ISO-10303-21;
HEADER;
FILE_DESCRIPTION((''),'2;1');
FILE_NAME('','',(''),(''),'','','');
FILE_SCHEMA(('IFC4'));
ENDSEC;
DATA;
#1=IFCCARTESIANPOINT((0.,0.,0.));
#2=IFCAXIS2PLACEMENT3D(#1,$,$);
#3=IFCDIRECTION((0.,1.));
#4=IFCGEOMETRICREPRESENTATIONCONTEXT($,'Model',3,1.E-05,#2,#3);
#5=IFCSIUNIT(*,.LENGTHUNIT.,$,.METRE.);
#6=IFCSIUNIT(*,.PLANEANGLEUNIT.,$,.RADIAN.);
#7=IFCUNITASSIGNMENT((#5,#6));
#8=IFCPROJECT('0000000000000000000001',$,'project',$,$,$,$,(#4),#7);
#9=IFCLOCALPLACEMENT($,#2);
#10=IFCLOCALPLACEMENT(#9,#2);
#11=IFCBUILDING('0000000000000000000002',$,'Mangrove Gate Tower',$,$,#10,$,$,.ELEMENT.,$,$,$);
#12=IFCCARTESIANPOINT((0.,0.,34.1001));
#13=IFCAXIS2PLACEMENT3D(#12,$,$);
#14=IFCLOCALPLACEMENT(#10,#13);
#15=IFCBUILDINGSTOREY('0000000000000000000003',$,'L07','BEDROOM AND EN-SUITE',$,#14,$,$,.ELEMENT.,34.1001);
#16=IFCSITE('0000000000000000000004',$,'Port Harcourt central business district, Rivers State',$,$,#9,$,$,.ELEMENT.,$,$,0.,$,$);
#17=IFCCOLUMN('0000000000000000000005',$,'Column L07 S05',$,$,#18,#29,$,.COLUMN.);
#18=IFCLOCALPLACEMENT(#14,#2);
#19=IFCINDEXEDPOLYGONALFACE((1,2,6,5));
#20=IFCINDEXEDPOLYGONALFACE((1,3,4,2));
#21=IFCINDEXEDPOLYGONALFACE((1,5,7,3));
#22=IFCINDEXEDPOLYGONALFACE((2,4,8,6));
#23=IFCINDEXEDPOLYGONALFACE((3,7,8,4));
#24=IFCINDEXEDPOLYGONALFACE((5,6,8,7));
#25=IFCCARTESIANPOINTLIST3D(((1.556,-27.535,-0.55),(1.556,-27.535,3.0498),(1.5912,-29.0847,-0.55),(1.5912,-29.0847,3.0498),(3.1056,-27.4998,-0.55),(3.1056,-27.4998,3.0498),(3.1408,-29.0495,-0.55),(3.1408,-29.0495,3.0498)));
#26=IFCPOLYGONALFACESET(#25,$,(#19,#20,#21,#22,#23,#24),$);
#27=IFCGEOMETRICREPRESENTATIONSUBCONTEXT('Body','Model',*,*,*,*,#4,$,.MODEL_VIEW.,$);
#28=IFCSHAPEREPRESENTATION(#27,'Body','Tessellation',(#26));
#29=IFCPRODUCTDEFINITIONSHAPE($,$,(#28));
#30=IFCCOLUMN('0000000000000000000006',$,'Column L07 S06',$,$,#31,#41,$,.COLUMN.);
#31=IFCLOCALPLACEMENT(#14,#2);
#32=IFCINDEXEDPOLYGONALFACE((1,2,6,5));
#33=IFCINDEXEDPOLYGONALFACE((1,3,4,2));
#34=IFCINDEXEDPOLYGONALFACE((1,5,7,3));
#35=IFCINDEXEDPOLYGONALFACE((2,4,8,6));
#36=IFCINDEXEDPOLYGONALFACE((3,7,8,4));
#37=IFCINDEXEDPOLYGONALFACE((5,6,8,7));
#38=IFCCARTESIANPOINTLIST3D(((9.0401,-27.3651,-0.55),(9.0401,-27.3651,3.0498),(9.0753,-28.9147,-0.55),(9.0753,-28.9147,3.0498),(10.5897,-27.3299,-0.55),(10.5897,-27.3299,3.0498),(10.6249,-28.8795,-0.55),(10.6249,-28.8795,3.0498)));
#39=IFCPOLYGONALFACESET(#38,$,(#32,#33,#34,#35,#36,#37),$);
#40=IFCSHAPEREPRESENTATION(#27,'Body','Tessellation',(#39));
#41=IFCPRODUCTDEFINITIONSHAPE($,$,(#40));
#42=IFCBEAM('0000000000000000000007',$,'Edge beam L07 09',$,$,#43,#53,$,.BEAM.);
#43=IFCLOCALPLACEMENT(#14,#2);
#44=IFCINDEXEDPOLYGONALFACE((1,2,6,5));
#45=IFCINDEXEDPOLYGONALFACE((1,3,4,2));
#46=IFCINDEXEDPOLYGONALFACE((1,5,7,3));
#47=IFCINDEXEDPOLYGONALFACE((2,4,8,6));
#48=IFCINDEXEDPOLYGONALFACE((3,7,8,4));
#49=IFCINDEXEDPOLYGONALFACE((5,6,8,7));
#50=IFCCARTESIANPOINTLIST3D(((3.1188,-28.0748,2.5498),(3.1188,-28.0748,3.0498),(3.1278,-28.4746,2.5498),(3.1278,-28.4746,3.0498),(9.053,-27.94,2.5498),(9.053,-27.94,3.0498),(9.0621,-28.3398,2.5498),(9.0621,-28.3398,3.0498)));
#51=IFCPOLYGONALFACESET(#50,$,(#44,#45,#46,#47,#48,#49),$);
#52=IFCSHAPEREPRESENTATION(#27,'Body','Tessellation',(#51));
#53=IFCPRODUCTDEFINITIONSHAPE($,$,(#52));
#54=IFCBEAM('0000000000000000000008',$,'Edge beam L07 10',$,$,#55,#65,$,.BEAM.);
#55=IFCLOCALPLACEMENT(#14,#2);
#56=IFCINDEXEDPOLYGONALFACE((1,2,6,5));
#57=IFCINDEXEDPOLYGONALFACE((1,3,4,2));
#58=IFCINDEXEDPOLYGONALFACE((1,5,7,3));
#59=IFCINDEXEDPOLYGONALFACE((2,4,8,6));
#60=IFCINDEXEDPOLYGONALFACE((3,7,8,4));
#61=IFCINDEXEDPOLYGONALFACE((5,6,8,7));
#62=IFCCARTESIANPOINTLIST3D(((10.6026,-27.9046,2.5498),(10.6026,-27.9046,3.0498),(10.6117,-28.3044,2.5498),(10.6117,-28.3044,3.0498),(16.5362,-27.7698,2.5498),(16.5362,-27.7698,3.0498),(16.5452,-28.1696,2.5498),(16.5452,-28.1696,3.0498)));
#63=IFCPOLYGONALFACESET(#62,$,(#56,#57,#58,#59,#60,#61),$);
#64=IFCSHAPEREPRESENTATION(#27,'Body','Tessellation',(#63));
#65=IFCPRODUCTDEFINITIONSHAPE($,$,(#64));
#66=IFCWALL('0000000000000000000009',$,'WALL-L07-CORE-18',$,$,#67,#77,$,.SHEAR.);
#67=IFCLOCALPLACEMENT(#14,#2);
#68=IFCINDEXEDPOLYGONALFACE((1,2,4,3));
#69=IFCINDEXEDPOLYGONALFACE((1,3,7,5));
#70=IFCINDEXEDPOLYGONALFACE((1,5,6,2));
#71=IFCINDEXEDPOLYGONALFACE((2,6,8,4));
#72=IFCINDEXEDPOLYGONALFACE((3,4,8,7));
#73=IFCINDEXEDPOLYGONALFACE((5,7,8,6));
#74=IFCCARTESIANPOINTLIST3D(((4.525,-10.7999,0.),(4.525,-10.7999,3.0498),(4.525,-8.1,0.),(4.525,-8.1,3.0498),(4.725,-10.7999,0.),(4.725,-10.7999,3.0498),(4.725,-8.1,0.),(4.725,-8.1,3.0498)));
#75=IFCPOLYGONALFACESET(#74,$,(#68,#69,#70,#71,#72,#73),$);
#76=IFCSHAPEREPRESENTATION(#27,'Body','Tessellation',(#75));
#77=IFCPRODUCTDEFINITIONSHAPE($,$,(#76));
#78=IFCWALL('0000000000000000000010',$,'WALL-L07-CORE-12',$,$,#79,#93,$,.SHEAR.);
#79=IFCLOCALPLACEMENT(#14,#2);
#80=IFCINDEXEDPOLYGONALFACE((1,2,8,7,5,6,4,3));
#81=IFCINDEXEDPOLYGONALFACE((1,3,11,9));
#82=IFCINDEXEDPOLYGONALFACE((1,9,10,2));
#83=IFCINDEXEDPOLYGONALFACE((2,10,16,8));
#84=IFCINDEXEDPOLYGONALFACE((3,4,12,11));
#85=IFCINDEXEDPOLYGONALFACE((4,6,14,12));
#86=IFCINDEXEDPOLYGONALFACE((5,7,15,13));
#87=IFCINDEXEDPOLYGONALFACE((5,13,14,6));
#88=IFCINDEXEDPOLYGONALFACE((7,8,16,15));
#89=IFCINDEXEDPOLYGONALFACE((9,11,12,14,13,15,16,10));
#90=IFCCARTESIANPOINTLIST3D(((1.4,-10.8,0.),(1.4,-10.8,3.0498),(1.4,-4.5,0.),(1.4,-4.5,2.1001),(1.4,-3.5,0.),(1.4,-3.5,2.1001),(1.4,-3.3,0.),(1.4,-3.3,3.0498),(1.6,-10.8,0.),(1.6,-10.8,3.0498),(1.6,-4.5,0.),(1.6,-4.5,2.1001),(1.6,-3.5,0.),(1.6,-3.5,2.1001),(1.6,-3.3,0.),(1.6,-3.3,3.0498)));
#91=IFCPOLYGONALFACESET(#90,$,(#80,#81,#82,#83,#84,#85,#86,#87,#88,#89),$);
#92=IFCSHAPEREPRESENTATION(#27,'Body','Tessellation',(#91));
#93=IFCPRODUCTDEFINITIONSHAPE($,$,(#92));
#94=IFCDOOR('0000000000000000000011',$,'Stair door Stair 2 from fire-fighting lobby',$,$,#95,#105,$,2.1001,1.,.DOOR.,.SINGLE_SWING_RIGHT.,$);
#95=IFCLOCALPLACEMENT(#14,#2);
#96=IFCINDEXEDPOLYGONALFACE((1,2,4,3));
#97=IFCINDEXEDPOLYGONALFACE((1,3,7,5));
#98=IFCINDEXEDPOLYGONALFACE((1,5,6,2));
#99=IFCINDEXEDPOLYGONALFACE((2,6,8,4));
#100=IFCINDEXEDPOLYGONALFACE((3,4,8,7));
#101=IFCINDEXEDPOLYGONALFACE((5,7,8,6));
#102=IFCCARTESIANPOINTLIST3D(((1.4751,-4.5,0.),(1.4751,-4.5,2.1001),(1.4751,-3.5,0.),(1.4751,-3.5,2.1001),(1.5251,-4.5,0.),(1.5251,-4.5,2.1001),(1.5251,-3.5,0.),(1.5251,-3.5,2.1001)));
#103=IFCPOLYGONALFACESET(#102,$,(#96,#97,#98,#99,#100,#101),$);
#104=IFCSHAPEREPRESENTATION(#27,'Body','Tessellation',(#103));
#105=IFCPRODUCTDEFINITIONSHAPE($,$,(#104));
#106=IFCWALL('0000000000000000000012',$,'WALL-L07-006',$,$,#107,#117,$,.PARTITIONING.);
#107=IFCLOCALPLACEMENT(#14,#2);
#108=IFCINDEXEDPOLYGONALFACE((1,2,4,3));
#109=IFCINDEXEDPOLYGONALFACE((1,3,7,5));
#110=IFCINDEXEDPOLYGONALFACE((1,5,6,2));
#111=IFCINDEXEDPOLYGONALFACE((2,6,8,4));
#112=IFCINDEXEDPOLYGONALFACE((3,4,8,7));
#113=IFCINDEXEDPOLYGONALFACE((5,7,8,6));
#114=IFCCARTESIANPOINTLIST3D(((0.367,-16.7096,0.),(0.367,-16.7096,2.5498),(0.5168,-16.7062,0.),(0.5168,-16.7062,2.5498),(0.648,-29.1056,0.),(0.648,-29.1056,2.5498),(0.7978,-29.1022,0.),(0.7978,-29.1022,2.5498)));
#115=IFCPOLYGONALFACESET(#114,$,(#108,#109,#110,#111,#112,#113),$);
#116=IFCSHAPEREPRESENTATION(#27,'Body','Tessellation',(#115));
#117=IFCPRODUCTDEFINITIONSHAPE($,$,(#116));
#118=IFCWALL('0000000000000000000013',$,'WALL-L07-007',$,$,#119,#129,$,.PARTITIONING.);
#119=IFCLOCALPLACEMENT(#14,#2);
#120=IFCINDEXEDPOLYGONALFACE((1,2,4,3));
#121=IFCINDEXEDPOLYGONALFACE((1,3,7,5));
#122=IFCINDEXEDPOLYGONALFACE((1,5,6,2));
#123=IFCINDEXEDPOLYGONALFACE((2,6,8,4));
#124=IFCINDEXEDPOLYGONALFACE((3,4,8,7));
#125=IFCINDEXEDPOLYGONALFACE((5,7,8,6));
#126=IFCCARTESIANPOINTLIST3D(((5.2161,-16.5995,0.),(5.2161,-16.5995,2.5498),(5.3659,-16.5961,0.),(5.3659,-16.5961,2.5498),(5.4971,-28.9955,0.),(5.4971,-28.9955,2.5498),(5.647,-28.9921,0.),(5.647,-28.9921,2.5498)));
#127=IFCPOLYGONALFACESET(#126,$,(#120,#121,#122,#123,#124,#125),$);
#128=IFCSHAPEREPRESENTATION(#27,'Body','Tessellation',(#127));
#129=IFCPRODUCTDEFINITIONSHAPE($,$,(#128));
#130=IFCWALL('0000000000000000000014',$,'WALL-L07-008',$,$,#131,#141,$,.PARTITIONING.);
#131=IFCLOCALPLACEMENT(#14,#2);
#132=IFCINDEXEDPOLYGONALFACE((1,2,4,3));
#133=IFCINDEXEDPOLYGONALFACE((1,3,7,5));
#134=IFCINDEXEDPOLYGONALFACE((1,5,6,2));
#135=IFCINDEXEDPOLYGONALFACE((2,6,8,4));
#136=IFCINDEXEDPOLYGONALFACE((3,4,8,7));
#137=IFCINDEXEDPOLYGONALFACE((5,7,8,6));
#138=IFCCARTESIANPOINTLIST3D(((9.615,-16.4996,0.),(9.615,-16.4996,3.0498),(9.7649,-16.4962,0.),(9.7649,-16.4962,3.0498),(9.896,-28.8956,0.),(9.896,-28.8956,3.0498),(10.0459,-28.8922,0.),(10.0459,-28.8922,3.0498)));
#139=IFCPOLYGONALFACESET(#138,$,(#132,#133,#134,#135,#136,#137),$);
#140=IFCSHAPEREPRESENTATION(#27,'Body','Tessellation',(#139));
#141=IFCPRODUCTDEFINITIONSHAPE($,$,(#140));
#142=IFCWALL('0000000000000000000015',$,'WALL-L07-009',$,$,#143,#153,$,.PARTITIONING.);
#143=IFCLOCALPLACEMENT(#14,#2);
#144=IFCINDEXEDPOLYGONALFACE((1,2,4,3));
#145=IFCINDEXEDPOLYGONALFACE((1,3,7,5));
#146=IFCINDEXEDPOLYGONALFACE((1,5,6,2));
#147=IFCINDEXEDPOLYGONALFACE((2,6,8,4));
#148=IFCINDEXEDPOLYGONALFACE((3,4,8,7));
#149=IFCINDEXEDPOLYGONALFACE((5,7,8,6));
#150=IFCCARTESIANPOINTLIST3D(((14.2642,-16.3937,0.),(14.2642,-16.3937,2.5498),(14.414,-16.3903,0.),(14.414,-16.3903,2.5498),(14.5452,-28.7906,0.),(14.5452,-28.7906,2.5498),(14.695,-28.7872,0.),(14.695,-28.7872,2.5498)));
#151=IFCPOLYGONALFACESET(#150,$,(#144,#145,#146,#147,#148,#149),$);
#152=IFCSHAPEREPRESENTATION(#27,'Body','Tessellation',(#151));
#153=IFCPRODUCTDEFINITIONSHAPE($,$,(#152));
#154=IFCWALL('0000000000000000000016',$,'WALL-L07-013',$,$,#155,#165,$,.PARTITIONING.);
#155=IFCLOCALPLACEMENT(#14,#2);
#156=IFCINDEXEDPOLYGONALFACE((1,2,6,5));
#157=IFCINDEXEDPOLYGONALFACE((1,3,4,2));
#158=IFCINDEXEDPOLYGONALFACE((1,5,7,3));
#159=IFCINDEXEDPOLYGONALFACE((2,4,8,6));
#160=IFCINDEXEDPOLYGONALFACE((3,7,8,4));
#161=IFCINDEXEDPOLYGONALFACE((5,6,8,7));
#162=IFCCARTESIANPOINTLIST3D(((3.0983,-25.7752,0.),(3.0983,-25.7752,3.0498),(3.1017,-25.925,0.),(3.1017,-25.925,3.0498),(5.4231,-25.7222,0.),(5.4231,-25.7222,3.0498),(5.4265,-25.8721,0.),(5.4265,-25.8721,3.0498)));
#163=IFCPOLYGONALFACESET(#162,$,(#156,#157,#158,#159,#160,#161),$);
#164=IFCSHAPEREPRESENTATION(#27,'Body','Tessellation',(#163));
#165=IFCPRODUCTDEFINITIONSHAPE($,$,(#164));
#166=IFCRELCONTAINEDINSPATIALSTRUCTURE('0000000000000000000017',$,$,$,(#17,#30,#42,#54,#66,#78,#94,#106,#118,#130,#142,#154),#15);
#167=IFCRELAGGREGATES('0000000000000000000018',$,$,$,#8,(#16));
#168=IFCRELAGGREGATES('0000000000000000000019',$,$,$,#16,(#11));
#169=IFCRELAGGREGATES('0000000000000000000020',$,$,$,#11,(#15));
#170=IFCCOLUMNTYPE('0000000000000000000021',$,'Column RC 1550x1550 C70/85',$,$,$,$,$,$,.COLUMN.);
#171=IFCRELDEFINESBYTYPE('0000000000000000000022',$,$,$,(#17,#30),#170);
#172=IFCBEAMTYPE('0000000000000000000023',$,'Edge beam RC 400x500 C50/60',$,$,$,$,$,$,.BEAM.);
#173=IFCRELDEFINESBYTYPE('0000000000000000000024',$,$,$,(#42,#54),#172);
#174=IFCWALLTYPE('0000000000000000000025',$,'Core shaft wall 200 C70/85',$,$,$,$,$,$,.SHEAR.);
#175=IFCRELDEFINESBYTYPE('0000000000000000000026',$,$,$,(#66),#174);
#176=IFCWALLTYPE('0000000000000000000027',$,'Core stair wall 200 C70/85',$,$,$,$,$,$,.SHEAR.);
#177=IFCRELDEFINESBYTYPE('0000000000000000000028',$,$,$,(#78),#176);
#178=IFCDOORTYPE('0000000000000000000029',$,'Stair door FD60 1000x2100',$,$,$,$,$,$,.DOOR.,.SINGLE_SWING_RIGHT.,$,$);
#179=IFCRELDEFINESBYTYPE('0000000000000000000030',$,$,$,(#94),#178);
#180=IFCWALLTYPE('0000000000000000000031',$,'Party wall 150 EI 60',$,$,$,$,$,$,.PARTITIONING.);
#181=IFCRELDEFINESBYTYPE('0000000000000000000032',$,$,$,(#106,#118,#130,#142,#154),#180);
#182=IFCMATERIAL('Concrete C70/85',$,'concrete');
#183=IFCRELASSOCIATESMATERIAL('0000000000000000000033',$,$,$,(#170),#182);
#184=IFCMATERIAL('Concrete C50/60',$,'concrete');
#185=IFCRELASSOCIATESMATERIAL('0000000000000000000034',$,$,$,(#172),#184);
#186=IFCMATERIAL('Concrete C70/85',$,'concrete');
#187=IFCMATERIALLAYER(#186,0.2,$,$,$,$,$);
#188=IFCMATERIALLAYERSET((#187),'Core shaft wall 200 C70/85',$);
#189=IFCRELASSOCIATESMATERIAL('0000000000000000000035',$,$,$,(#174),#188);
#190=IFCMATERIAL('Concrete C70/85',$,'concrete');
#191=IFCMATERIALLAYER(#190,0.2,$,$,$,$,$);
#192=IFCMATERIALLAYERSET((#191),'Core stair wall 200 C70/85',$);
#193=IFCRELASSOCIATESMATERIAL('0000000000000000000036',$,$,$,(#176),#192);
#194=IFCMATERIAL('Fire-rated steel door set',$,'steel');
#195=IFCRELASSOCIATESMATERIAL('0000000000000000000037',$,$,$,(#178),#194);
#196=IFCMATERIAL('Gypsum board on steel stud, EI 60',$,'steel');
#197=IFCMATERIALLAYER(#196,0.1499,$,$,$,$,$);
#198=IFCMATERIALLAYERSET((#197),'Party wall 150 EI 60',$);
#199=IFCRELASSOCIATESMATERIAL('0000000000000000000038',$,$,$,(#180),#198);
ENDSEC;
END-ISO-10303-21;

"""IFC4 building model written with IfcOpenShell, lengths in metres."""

from ifc_helpers import new_model, si_unit, direction, frame, frame_2d, origin, origin_2d, place, context, subcontext, project, spatial, rectangle, extrude, material, layer, layer_set, material_profile, profile_set, type_object, element, fill, save


model = new_model("IFC4")

# Units and contexts
model_context = context("Model", 3, precision=1e-05, world=origin(), true_north=direction((0.0, 1.0)))
body_context = subcontext(model_context, "Body", "Model", "MODEL_VIEW")
ifc_project = project(units=[si_unit("LENGTHUNIT", "METRE"), si_unit("PLANEANGLEUNIT", "RADIAN")], contexts=[model_context])

# Site, building, storey
site_placement = place(None, origin())
site = spatial("IfcSite", under=ifc_project, at=site_placement, Name="Port Harcourt central business district, Rivers State", CompositionType="ELEMENT", RefElevation=0.0)
building_placement = place(site_placement, origin())
building = spatial("IfcBuilding", under=site, at=building_placement, Name="Mangrove Gate Tower", CompositionType="ELEMENT")
storey_placement = place(building_placement, frame((0.0, 0.0, 34.1001)))
storey = spatial("IfcBuildingStorey", under=building, at=storey_placement, Name="L07", Description="BEDROOM AND EN-SUITE", CompositionType="ELEMENT", Elevation=34.1001)

# Columns
ifc_material_1 = material(Name="Concrete C70/85", Category="concrete")
ifc_material_profile_1 = material_profile(ifc_material_1, rectangle(XDim=1.55, YDim=1.55, at=origin_2d()))
ifc_profile_set_1 = profile_set([ifc_material_profile_1], Name="Concrete C70/85")
column_type = type_object("IfcColumnType", Name="Column RC 1550x1550 C70/85", PredefinedType="COLUMN", material=ifc_profile_set_1)
for number, where, z_axis, x_axis, name in (
    (1, (2.3484, -28.2922, -0.55), (0.0, 0.0, 1.0), (0.999742, 0.022709, 0.0), "Column L07 S05"),
    (2, (9.8325, -28.1223, -0.55), (0.0, 0.0, 1.0), (0.999742, 0.022711, 0.0), "Column L07 S06"),
):
    element("IfcColumn", number, at=place(storey_placement, frame(where, z_axis=z_axis, x_axis=x_axis)), inside=storey, type_object=column_type, Name=name, PredefinedType="COLUMN", context=body_context, shape_type="SweptSolid", body=[
        extrude(rectangle(XDim=1.55, YDim=1.55, at=origin_2d()), origin(), (0.0, 0.0, 1.0), 3.5999),
    ])

# Beams
ifc_material_2 = material(Name="Concrete C50/60", Category="concrete")
ifc_material_profile_2 = material_profile(ifc_material_2, rectangle(XDim=0.3999, YDim=0.5, at=origin_2d()))
ifc_profile_set_2 = profile_set([ifc_material_profile_2], Name="Concrete C50/60")
beam_type = type_object("IfcBeamType", Name="Edge beam RC 400x500 C50/60", PredefinedType="BEAM", material=ifc_profile_set_2)
beam_1_placement = place(storey_placement, frame((3.1233, -28.2747, 2.7998), z_axis=(0.999742, 0.022704, 0.0), x_axis=(-0.022704, 0.999742, 0.0)))
element("IfcBeam", 3, at=beam_1_placement, inside=storey, type_object=beam_type, Name="Edge beam L07 09", PredefinedType="BEAM", context=body_context, shape_type="SweptSolid", body=[
    extrude(rectangle(XDim=0.3999, YDim=0.5, at=origin_2d()), origin(), (0.0, 0.0, 1.0), 5.9358),
])
beam_2_placement = place(storey_placement, frame((10.6072, -28.1045, 2.7998), z_axis=(0.999742, 0.022706, 0.0), x_axis=(-0.022706, 0.999742, 0.0)))
element("IfcBeam", 4, at=beam_2_placement, inside=storey, type_object=beam_type, Name="Edge beam L07 10", PredefinedType="BEAM", context=body_context, shape_type="SweptSolid", body=[
    extrude(rectangle(XDim=0.3999, YDim=0.5, at=origin_2d()), origin(), (0.0, 0.0, 1.0), 5.9351),
])

# Wall
ifc_material_3 = material(Name="Concrete C70/85", Category="concrete")
ifc_layer_1 = layer(ifc_material_3, 0.2)
ifc_layer_set_1 = layer_set([ifc_layer_1], Name="Core shaft wall 200 C70/85")
wall_type_1 = type_object("IfcWallType", Name="Core shaft wall 200 C70/85", PredefinedType="SHEAR", material=ifc_layer_set_1)
wall_1_placement = place(storey_placement, frame((4.625, -10.8, 0.0), z_axis=(0.0, 0.0, 1.0), x_axis=(0.0, 1.0, 0.0)))
element("IfcWall", 5, at=wall_1_placement, inside=storey, type_object=wall_type_1, Name="WALL-L07-CORE-18", PredefinedType="SHEAR", context=body_context, shape_type="SweptSolid", body=[
    extrude(rectangle(XDim=2.7, YDim=0.2, at=frame_2d((1.3501, 0.0))), origin(), (0.0, 0.0, 1.0), 3.0498),
])

# Wall, opening, door
ifc_material_4 = material(Name="Concrete C70/85", Category="concrete")
ifc_layer_2 = layer(ifc_material_4, 0.2)
ifc_layer_set_2 = layer_set([ifc_layer_2], Name="Core stair wall 200 C70/85")
wall_type_2 = type_object("IfcWallType", Name="Core stair wall 200 C70/85", PredefinedType="SHEAR", material=ifc_layer_set_2)
wall_2_placement = place(storey_placement, frame((1.5, -10.8, 0.0), z_axis=(0.0, 0.0, 1.0), x_axis=(0.0, 1.0, 0.0)))
wall_2 = element("IfcWall", 6, at=wall_2_placement, inside=storey, type_object=wall_type_2, Name="WALL-L07-CORE-12", PredefinedType="SHEAR", context=body_context, shape_type="SweptSolid", body=[
    extrude(rectangle(XDim=7.5, YDim=0.2, at=frame_2d((3.75, 0.0))), origin(), (0.0, 0.0, 1.0), 3.0498),
])
opening_1_placement = place(wall_2_placement, frame((6.3, 0.0, 0.0)))
opening_1 = element("IfcOpeningElement", 7, at=opening_1_placement, cuts=wall_2, PredefinedType="OPENING", context=body_context, shape_type="SweptSolid", body=[
    extrude(rectangle(XDim=1.0, YDim=2.1001, at=frame_2d((0.5, 1.05))), frame((0.0, 0.1099, 0.0), z_axis=(0.0, -1.0, 0.0), x_axis=(1.0, 0.0, 0.0)), (0.0, 0.0, 1.0), 0.22),
])
ifc_material_5 = material(Name="Fire-rated steel door set", Category="steel")
door_type_1 = type_object("IfcDoorType", Name="Stair door FD60 1000x2100", OperationType="SINGLE_SWING_RIGHT", PredefinedType="DOOR", material=ifc_material_5)
door_1_placement = place(opening_1_placement, origin())
door_1 = element("IfcDoor", 8, at=door_1_placement, inside=storey, type_object=door_type_1, Name="Stair door Stair 2 from fire-fighting lobby", OperationType="SINGLE_SWING_RIGHT", OverallHeight=2.1001, OverallWidth=1.0, PredefinedType="DOOR", context=body_context, shape_type="SweptSolid", body=[
    extrude(rectangle(XDim=1.0, YDim=2.1001, at=frame_2d((0.5, 1.05))), frame((0.0, 0.0249, 0.0), z_axis=(0.0, -1.0, 0.0), x_axis=(1.0, 0.0, 0.0)), (0.0, 0.0, 1.0), 0.05),
])
fill(opening_1, door_1)

# Walls
ifc_material_6 = material(Name="Gypsum board on steel stud, EI 60", Category="steel")
ifc_layer_3 = layer(ifc_material_6, 0.1499)
ifc_layer_set_3 = layer_set([ifc_layer_3], Name="Party wall 150 EI 60")
wall_type_3 = type_object("IfcWallType", Name="Party wall 150 EI 60", PredefinedType="PARTITIONING", material=ifc_layer_set_3)
for number, where, z_axis, x_axis, name in (
    (9, (0.7229, -29.104, 0.0), (0.0, 0.0, 1.0), (-0.022663, 0.999743, 0.0), "WALL-L07-006"),
    (10, (5.572, -28.9939, 0.0), (0.0, 0.0, 1.0), (-0.022663, 0.999743, 0.0), "WALL-L07-007"),
):
    element("IfcWall", number, at=place(storey_placement, frame(where, z_axis=z_axis, x_axis=x_axis)), inside=storey, type_object=wall_type_3, Name=name, PredefinedType="PARTITIONING", context=body_context, shape_type="SweptSolid", body=[
        extrude(rectangle(XDim=12.3992, YDim=0.1499, at=frame_2d((6.1997, 0.0))), origin(), (0.0, 0.0, 1.0), 2.5498),
    ])
wall_3_placement = place(storey_placement, frame((9.9709, -28.894, 0.0), z_axis=(0.0, 0.0, 1.0), x_axis=(-0.022663, 0.999743, 0.0)))
element("IfcWall", 11, at=wall_3_placement, inside=storey, type_object=wall_type_3, Name="WALL-L07-008", PredefinedType="PARTITIONING", context=body_context, shape_type="SweptSolid", body=[
    extrude(rectangle(XDim=12.3992, YDim=0.1499, at=frame_2d((6.1997, 0.0))), origin(), (0.0, 0.0, 1.0), 3.0498),
])
wall_4_placement = place(storey_placement, frame((14.6201, -28.7891, 0.0), z_axis=(0.0, 0.0, 1.0), x_axis=(-0.022661, 0.999743, 0.0)))
element("IfcWall", 12, at=wall_4_placement, inside=storey, type_object=wall_type_3, Name="WALL-L07-009", PredefinedType="PARTITIONING", context=body_context, shape_type="SweptSolid", body=[
    extrude(rectangle(XDim=12.4001, YDim=0.1499, at=frame_2d((6.2002, 0.0))), origin(), (0.0, 0.0, 1.0), 2.5498),
])
wall_5_placement = place(storey_placement, frame((3.1001, -25.8501, 0.0), z_axis=(0.0, 0.0, 1.0), x_axis=(0.99974, 0.022781, 0.0)))
element("IfcWall", 13, at=wall_5_placement, inside=storey, type_object=wall_type_3, Name="WALL-L07-013", PredefinedType="PARTITIONING", context=body_context, shape_type="SweptSolid", body=[
    extrude(rectangle(XDim=2.3254, YDim=0.1499, at=frame_2d((1.1626, 0.0))), origin(), (0.0, 0.0, 1.0), 3.0498),
])

save(model, "model.ifc")
